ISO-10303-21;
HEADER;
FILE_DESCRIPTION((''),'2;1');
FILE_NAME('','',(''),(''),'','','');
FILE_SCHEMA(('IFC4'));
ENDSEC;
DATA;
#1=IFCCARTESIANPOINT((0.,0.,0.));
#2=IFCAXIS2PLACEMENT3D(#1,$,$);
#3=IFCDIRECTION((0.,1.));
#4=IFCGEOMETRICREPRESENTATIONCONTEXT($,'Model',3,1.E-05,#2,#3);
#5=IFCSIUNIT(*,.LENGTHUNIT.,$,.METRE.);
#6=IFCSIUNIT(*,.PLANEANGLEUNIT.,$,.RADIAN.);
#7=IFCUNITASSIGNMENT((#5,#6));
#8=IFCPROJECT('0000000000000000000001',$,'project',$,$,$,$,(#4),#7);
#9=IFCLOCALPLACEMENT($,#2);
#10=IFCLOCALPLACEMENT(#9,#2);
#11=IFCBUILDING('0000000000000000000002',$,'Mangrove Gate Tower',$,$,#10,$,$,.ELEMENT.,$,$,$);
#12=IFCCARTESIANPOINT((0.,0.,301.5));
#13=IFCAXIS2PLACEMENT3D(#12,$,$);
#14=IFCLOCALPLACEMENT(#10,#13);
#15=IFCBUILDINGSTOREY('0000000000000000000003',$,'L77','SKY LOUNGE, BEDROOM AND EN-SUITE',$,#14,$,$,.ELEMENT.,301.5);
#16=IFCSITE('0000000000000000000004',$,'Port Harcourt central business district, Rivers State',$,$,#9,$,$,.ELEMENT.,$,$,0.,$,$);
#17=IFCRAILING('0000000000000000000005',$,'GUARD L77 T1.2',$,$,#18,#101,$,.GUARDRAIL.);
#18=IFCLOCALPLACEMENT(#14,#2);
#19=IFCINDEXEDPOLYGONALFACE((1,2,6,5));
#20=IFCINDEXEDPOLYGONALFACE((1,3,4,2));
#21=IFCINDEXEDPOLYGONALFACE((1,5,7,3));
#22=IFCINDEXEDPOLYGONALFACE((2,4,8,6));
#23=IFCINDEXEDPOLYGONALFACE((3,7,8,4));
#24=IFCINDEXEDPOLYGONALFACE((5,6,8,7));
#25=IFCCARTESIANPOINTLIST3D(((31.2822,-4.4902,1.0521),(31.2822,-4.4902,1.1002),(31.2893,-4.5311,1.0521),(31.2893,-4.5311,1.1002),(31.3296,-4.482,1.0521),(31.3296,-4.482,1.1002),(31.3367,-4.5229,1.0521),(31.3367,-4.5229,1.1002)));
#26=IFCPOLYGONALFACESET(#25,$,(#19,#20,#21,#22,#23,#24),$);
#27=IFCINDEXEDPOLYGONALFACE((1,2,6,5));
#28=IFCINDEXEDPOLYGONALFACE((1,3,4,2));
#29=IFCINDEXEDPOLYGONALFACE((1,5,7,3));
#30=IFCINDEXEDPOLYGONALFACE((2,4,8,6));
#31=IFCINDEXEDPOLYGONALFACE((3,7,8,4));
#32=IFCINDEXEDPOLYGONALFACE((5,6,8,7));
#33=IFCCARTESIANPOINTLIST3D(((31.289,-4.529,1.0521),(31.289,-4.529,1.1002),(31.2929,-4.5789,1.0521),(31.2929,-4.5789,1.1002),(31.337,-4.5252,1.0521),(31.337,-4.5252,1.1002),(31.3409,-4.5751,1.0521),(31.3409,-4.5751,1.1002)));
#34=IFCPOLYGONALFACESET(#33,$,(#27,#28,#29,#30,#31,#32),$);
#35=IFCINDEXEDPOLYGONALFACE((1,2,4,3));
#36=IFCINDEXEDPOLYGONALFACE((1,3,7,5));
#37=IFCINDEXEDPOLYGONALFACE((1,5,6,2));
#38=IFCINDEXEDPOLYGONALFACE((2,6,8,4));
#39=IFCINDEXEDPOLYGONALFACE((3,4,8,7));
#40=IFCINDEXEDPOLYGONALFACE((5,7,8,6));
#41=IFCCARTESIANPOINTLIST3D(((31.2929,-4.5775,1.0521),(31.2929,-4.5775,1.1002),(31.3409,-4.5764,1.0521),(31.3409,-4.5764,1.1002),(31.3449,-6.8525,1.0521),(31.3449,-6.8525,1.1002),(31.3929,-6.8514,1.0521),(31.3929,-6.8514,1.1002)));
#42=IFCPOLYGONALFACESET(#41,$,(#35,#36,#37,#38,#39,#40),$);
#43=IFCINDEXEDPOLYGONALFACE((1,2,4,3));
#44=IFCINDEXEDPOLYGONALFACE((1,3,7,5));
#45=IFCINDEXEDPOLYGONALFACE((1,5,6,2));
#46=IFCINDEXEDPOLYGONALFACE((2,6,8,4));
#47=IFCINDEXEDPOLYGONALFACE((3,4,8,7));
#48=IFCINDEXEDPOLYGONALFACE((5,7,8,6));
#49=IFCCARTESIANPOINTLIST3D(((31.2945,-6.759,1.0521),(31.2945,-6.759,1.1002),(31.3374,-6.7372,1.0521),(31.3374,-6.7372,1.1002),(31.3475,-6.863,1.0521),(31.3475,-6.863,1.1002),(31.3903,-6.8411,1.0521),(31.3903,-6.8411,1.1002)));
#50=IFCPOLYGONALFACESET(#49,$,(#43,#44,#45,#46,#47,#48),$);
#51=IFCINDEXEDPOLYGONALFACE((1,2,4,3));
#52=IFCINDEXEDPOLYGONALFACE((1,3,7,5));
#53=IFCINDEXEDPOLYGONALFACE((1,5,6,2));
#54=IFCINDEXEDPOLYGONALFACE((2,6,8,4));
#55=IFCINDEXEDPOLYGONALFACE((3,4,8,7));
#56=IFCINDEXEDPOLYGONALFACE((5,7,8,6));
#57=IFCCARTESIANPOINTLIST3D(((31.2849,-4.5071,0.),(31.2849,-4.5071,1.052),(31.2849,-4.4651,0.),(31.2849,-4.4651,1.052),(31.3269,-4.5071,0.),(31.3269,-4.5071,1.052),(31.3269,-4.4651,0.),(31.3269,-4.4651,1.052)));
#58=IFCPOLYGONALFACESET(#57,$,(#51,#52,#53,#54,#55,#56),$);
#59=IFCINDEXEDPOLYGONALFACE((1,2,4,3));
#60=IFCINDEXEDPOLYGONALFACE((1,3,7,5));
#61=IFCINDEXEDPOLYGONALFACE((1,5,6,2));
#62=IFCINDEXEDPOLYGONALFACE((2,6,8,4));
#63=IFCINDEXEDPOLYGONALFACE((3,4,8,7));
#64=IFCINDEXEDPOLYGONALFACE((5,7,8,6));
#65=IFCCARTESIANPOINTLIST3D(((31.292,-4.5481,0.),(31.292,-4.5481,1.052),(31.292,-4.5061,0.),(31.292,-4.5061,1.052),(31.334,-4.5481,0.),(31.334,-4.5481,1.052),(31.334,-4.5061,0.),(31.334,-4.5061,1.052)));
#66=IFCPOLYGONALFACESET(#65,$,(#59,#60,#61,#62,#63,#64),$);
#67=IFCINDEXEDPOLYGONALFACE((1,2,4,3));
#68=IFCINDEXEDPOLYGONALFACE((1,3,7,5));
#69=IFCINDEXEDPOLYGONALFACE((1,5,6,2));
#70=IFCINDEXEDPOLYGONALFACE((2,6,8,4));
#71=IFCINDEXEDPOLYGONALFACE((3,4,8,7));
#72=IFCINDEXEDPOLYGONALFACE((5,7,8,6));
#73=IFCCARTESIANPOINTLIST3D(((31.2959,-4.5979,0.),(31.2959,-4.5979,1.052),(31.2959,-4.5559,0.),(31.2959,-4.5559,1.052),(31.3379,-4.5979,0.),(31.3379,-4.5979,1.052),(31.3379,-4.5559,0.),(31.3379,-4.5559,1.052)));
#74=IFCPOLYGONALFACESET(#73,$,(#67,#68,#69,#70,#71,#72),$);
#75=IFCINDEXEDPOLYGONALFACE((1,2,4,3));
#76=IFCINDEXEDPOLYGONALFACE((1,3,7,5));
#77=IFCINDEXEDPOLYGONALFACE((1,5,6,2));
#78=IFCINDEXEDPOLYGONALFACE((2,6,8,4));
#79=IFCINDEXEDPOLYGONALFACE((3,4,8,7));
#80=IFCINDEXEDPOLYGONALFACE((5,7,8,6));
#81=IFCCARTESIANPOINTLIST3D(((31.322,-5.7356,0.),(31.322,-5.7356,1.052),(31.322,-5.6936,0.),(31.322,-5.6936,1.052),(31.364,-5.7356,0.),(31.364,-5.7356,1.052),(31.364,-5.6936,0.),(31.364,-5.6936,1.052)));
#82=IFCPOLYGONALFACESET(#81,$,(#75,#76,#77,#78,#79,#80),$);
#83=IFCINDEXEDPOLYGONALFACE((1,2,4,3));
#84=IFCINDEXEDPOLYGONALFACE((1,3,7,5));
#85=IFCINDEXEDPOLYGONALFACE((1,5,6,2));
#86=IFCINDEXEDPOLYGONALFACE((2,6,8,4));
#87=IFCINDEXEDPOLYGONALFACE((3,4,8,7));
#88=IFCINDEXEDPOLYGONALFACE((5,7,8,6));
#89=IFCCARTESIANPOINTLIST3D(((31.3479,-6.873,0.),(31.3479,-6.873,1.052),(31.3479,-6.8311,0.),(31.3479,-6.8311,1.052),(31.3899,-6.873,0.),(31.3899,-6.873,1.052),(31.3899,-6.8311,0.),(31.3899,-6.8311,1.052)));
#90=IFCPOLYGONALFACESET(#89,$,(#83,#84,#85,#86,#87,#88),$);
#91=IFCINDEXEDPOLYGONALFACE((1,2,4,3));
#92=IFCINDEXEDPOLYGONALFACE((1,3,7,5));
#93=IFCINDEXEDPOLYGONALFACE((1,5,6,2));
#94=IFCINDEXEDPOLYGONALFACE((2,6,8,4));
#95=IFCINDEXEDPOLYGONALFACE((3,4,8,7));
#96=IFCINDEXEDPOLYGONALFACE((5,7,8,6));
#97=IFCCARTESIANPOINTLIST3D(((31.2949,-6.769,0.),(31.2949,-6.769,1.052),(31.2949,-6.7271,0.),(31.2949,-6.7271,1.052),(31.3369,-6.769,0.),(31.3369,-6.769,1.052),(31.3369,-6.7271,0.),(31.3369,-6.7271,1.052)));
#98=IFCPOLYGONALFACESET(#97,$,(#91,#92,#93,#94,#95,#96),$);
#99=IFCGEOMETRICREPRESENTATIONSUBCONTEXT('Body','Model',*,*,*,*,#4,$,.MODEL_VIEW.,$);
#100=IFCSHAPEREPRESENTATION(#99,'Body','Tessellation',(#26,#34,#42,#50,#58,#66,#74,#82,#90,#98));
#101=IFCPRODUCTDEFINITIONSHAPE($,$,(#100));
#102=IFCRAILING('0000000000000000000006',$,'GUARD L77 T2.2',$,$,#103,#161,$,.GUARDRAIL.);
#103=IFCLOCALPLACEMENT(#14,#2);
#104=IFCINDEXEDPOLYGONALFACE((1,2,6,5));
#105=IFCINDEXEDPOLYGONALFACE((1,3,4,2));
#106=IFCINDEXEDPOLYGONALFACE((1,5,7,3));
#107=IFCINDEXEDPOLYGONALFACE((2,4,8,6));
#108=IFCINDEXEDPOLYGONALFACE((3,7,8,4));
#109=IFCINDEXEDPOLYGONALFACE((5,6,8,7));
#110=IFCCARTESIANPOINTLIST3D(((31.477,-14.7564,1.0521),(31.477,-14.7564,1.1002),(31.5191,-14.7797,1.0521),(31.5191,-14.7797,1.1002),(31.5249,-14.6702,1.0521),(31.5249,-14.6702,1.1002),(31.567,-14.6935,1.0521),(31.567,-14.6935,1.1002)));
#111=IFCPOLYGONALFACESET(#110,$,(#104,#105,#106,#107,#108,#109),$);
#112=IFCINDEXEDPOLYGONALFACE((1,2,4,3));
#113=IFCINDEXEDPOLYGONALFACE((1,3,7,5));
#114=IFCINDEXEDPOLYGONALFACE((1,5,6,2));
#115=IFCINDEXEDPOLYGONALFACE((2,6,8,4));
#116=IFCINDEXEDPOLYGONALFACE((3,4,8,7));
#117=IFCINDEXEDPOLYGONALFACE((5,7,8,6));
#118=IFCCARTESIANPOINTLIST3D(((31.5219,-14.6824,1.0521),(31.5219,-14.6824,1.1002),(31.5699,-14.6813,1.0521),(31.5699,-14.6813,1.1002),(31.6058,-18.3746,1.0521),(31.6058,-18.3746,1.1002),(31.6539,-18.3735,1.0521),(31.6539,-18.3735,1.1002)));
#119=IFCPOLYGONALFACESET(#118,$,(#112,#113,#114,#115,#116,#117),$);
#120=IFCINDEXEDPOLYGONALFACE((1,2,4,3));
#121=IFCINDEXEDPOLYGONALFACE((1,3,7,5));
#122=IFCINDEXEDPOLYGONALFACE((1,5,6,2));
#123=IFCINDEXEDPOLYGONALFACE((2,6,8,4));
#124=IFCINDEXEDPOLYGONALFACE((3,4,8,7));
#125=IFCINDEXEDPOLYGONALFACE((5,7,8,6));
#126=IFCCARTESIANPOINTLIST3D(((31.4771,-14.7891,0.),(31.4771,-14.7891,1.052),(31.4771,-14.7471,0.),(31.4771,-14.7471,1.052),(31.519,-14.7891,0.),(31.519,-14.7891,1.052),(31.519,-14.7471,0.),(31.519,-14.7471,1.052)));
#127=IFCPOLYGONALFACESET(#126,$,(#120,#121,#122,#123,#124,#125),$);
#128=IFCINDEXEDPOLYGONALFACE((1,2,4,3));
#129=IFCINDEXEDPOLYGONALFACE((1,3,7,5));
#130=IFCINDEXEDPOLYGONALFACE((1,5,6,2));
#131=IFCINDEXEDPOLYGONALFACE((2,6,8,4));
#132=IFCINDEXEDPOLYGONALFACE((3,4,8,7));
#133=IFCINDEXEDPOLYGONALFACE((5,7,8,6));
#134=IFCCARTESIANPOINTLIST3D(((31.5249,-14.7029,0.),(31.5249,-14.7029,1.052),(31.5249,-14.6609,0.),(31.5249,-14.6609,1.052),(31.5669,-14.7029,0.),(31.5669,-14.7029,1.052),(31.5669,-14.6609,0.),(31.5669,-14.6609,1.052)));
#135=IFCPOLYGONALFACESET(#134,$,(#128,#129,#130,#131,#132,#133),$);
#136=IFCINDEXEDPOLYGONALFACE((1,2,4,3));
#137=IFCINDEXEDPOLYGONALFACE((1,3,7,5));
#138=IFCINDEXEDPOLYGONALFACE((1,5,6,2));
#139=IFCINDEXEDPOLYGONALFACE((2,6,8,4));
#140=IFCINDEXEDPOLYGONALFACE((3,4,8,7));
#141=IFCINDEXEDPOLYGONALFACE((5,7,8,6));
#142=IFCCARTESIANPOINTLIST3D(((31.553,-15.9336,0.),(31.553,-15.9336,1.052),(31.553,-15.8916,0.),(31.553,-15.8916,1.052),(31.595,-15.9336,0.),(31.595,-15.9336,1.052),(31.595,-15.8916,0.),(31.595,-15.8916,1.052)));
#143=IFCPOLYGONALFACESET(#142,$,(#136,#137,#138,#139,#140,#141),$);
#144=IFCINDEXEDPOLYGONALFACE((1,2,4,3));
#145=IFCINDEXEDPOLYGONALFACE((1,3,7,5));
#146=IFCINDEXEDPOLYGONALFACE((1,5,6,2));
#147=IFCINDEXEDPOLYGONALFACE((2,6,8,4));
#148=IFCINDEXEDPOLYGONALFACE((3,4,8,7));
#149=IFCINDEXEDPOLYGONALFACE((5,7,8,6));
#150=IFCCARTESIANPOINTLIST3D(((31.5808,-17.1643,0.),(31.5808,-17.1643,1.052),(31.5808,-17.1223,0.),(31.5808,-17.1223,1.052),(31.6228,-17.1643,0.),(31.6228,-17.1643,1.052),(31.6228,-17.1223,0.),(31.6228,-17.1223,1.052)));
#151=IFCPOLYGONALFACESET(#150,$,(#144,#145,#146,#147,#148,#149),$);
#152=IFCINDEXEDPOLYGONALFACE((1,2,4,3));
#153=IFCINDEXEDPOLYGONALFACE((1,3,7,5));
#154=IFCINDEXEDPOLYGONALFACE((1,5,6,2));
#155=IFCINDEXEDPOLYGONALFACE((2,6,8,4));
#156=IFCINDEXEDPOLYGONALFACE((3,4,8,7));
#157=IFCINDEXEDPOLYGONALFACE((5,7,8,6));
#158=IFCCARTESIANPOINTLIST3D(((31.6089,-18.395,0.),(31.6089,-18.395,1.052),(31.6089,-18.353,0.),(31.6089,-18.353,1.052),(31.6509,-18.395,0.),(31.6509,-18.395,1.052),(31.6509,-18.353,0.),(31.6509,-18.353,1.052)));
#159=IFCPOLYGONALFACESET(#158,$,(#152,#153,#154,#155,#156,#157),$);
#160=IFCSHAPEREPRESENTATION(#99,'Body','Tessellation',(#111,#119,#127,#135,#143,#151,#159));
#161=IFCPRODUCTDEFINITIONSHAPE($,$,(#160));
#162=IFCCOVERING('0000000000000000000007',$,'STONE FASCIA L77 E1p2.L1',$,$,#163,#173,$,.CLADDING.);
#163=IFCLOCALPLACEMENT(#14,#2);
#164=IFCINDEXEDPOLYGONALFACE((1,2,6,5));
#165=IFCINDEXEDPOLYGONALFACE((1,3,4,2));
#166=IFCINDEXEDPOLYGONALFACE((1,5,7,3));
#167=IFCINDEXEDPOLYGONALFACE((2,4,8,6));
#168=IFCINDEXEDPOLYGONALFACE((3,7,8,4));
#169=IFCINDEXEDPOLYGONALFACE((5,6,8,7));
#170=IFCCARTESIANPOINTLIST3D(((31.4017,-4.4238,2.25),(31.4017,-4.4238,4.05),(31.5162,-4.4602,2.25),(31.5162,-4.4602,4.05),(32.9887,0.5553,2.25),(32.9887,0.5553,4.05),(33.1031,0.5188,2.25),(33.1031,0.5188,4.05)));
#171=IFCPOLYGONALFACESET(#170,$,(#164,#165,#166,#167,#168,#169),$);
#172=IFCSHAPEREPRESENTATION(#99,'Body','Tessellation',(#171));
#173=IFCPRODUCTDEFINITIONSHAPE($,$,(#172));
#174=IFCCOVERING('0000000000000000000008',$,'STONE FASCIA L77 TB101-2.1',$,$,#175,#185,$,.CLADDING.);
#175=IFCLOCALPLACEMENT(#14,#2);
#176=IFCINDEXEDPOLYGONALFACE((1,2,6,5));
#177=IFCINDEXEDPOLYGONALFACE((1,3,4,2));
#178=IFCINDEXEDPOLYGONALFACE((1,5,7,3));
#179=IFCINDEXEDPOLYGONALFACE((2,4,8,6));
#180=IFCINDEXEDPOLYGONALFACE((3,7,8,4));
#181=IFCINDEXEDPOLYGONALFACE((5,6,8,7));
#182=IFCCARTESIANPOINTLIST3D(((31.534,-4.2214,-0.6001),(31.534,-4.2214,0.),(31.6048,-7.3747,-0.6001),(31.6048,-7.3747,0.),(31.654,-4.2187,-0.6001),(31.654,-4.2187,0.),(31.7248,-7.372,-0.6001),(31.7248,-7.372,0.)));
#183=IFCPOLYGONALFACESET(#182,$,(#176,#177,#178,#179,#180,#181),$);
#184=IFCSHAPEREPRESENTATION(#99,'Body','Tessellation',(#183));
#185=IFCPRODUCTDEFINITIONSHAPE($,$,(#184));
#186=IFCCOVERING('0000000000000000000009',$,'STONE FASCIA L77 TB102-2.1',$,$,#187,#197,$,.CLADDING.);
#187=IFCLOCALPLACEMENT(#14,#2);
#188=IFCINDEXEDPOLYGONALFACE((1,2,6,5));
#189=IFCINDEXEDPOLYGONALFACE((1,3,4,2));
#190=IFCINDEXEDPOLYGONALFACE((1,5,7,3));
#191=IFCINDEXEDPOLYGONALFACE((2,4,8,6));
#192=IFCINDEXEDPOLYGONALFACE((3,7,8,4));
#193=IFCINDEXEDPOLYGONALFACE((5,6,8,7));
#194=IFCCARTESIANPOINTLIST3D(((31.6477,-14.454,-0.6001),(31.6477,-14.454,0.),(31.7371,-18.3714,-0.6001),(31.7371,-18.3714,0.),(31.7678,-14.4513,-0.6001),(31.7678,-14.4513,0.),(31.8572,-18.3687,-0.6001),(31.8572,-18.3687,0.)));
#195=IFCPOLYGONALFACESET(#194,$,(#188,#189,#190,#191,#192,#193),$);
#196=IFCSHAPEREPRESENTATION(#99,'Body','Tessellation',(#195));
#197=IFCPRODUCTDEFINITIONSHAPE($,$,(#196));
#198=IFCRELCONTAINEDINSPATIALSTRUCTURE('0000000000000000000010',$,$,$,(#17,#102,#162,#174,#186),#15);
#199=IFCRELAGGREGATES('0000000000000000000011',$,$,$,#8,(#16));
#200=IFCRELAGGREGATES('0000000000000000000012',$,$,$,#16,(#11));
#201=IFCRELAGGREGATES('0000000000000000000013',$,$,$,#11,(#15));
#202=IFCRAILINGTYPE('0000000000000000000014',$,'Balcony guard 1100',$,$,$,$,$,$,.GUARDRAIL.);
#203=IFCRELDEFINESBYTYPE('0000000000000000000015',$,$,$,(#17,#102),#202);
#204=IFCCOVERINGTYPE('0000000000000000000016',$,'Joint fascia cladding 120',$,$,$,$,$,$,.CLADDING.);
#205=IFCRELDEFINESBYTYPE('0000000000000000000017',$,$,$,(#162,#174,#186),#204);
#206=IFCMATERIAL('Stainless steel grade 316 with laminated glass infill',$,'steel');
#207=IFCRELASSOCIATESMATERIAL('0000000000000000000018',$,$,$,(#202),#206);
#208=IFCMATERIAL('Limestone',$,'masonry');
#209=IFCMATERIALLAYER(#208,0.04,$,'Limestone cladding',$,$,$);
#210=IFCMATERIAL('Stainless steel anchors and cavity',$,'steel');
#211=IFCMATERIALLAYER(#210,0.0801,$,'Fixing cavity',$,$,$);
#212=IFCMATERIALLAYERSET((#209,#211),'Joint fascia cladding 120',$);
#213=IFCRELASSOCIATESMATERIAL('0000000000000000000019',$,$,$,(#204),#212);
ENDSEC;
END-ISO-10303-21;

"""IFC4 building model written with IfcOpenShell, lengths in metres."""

from ifc_helpers import new_model, si_unit, direction, frame, frame_2d, origin, origin_2d, place, context, subcontext, project, spatial, rectangle, extrude, material, layer, layer_set, type_object, element, save


model = new_model("IFC4")

# Units and contexts
model_context = context("Model", 3, precision=1e-05, world=origin(), true_north=direction((0.0, 1.0)))
body_context = subcontext(model_context, "Body", "Model", "MODEL_VIEW")
ifc_project = project(units=[si_unit("LENGTHUNIT", "METRE"), si_unit("PLANEANGLEUNIT", "RADIAN")], contexts=[model_context])

# Site, building, storey
site_placement = place(None, origin())
site = spatial("IfcSite", under=ifc_project, at=site_placement, Name="Port Harcourt central business district, Rivers State", CompositionType="ELEMENT", RefElevation=0.0)
building_placement = place(site_placement, origin())
building = spatial("IfcBuilding", under=site, at=building_placement, Name="Mangrove Gate Tower", CompositionType="ELEMENT")
storey_placement = place(building_placement, frame((0.0, 0.0, 301.5)))
storey = spatial("IfcBuildingStorey", under=building, at=storey_placement, Name="L77", Description="SKY LOUNGE, BEDROOM AND EN-SUITE", CompositionType="ELEMENT", Elevation=301.5)

# Railings
ifc_material_1 = material(Name="Stainless steel grade 316 with laminated glass infill", Category="steel")
railing_type = type_object("IfcRailingType", Name="Balcony guard 1100", PredefinedType="GUARDRAIL", material=ifc_material_1)
railing_1_placement = place(storey_placement, frame((31.3059, -4.4861, 0.0)))
element("IfcRailing", 1, at=railing_1_placement, inside=storey, type_object=railing_type, Name="GUARD L77 T1.2", PredefinedType="GUARDRAIL", context=body_context, shape_type="SweptSolid", body=[
    extrude(rectangle(XDim=0.0481, YDim=0.0481, at=origin_2d()), frame((0.0, 0.0, 1.0762), z_axis=(0.170103, -0.985426, 0.0), x_axis=(0.985426, 0.170103, 0.0)), (0.0, 0.0, 1.0), 0.0415),
    extrude(rectangle(XDim=0.0481, YDim=0.0481, at=origin_2d()), frame((0.0071, -0.041, 1.0762), z_axis=(0.078191, -0.996938, 0.0), x_axis=(0.996938, 0.078191, 0.0)), (0.0, 0.0, 1.0), 0.05),
    extrude(rectangle(XDim=0.0481, YDim=0.0481, at=origin_2d()), frame((0.011, -0.0908, 1.0762), z_axis=(0.022851, -0.999739, 0.0), x_axis=(0.999739, 0.022851, 0.0)), (0.0, 0.0, 1.0), 2.2756),
    extrude(rectangle(XDim=0.0481, YDim=0.0481, at=origin_2d()), frame((0.063, -2.366, 1.0762), z_axis=(-0.453894, 0.891055, 0.0), x_axis=(-0.891055, -0.453894, 0.0)), (0.0, 0.0, 1.0), 0.1167),
    extrude(rectangle(XDim=0.042, YDim=0.042, at=origin_2d()), origin(), (0.0, 0.0, 1.0), 1.052),
    extrude(rectangle(XDim=0.042, YDim=0.042, at=origin_2d()), frame((0.0071, -0.041, 0.0)), (0.0, 0.0, 1.0), 1.052),
    extrude(rectangle(XDim=0.042, YDim=0.042, at=origin_2d()), frame((0.011, -0.0908, 0.0)), (0.0, 0.0, 1.0), 1.052),
    extrude(rectangle(XDim=0.042, YDim=0.042, at=origin_2d()), frame((0.0371, -1.2285, 0.0)), (0.0, 0.0, 1.0), 1.052),
    extrude(rectangle(XDim=0.042, YDim=0.042, at=origin_2d()), frame((0.063, -2.366, 0.0)), (0.0, 0.0, 1.0), 1.052),
    extrude(rectangle(XDim=0.042, YDim=0.042, at=origin_2d()), frame((0.01, -2.262, 0.0)), (0.0, 0.0, 1.0), 1.052),
])
railing_2_placement = place(storey_placement, frame((31.498, -14.7681, 0.0)))
element("IfcRailing", 2, at=railing_2_placement, inside=storey, type_object=railing_type, Name="GUARD L77 T2.2", PredefinedType="GUARDRAIL", context=body_context, shape_type="SweptSolid", body=[
    extrude(rectangle(XDim=0.0481, YDim=0.0481, at=origin_2d()), frame((0.0, 0.0, 1.0762), z_axis=(0.485433, 0.874274, 0.0), x_axis=(-0.874274, 0.485433, 0.0)), (0.0, 0.0, 1.0), 0.0986),
    extrude(rectangle(XDim=0.0481, YDim=0.0481, at=origin_2d()), frame((0.0479, 0.0862, 1.0762), z_axis=(0.022741, -0.999741, 0.0), x_axis=(0.999741, 0.022741, 0.0)), (0.0, 0.0, 1.0), 3.6931),
    extrude(rectangle(XDim=0.042, YDim=0.042, at=origin_2d()), origin(), (0.0, 0.0, 1.0), 1.052),
    extrude(rectangle(XDim=0.042, YDim=0.042, at=origin_2d()), frame((0.0479, 0.0862, 0.0)), (0.0, 0.0, 1.0), 1.052),
    extrude(rectangle(XDim=0.042, YDim=0.042, at=origin_2d()), frame((0.0759, -1.1445, 0.0)), (0.0, 0.0, 1.0), 1.052),
    extrude(rectangle(XDim=0.042, YDim=0.042, at=origin_2d()), frame((0.1038, -2.3752, 0.0)), (0.0, 0.0, 1.0), 1.052),
    extrude(rectangle(XDim=0.042, YDim=0.042, at=origin_2d()), frame((0.1318, -3.606, 0.0)), (0.0, 0.0, 1.0), 1.052),
])

# Coverings
ifc_material_2 = material(Name="Limestone", Category="masonry")
ifc_layer_1 = layer(ifc_material_2, 0.04, Name="Limestone cladding")
ifc_material_3 = material(Name="Stainless steel anchors and cavity", Category="steel")
ifc_layer_2 = layer(ifc_material_3, 0.0801, Name="Fixing cavity")
ifc_layer_set_1 = layer_set([ifc_layer_1, ifc_layer_2], Name="Joint fascia cladding 120")
covering_type = type_object("IfcCoveringType", Name="Joint fascia cladding 120", PredefinedType="CLADDING", material=ifc_layer_set_1)
covering_1_placement = place(storey_placement, frame((31.459, -4.4419, 2.25), z_axis=(0.0, 0.0, 1.0), x_axis=(0.30367, 0.952777, 0.0)))
element("IfcCovering", 3, at=covering_1_placement, inside=storey, type_object=covering_type, Name="STONE FASCIA L77 E1p2.L1", PredefinedType="CLADDING", context=body_context, shape_type="SweptSolid", body=[
    extrude(rectangle(XDim=5.2258, YDim=0.1201, at=frame_2d((2.6128, 0.0))), origin(), (0.0, 0.0, 1.0), 1.8),
])
covering_2_placement = place(storey_placement, frame((31.594, -4.22, -0.6001), z_axis=(0.0, 0.0, 1.0), x_axis=(0.022447, -0.999748, 0.0)))
element("IfcCovering", 4, at=covering_2_placement, inside=storey, type_object=covering_type, Name="STONE FASCIA L77 TB101-2.1", PredefinedType="CLADDING", context=body_context, shape_type="SweptSolid", body=[
    extrude(rectangle(XDim=3.1541, YDim=0.1201, at=frame_2d((1.5771, 0.0))), origin(), (0.0, 0.0, 1.0), 0.6001),
])
covering_3_placement = place(storey_placement, frame((31.7078, -14.4526, -0.6001), z_axis=(0.0, 0.0, 1.0), x_axis=(0.022803, -0.99974, 0.0)))
element("IfcCovering", 5, at=covering_3_placement, inside=storey, type_object=covering_type, Name="STONE FASCIA L77 TB102-2.1", PredefinedType="CLADDING", context=body_context, shape_type="SweptSolid", body=[
    extrude(rectangle(XDim=3.9185, YDim=0.1201, at=frame_2d((1.9592, 0.0))), origin(), (0.0, 0.0, 1.0), 0.6001),
])

save(model, "model.ifc")
